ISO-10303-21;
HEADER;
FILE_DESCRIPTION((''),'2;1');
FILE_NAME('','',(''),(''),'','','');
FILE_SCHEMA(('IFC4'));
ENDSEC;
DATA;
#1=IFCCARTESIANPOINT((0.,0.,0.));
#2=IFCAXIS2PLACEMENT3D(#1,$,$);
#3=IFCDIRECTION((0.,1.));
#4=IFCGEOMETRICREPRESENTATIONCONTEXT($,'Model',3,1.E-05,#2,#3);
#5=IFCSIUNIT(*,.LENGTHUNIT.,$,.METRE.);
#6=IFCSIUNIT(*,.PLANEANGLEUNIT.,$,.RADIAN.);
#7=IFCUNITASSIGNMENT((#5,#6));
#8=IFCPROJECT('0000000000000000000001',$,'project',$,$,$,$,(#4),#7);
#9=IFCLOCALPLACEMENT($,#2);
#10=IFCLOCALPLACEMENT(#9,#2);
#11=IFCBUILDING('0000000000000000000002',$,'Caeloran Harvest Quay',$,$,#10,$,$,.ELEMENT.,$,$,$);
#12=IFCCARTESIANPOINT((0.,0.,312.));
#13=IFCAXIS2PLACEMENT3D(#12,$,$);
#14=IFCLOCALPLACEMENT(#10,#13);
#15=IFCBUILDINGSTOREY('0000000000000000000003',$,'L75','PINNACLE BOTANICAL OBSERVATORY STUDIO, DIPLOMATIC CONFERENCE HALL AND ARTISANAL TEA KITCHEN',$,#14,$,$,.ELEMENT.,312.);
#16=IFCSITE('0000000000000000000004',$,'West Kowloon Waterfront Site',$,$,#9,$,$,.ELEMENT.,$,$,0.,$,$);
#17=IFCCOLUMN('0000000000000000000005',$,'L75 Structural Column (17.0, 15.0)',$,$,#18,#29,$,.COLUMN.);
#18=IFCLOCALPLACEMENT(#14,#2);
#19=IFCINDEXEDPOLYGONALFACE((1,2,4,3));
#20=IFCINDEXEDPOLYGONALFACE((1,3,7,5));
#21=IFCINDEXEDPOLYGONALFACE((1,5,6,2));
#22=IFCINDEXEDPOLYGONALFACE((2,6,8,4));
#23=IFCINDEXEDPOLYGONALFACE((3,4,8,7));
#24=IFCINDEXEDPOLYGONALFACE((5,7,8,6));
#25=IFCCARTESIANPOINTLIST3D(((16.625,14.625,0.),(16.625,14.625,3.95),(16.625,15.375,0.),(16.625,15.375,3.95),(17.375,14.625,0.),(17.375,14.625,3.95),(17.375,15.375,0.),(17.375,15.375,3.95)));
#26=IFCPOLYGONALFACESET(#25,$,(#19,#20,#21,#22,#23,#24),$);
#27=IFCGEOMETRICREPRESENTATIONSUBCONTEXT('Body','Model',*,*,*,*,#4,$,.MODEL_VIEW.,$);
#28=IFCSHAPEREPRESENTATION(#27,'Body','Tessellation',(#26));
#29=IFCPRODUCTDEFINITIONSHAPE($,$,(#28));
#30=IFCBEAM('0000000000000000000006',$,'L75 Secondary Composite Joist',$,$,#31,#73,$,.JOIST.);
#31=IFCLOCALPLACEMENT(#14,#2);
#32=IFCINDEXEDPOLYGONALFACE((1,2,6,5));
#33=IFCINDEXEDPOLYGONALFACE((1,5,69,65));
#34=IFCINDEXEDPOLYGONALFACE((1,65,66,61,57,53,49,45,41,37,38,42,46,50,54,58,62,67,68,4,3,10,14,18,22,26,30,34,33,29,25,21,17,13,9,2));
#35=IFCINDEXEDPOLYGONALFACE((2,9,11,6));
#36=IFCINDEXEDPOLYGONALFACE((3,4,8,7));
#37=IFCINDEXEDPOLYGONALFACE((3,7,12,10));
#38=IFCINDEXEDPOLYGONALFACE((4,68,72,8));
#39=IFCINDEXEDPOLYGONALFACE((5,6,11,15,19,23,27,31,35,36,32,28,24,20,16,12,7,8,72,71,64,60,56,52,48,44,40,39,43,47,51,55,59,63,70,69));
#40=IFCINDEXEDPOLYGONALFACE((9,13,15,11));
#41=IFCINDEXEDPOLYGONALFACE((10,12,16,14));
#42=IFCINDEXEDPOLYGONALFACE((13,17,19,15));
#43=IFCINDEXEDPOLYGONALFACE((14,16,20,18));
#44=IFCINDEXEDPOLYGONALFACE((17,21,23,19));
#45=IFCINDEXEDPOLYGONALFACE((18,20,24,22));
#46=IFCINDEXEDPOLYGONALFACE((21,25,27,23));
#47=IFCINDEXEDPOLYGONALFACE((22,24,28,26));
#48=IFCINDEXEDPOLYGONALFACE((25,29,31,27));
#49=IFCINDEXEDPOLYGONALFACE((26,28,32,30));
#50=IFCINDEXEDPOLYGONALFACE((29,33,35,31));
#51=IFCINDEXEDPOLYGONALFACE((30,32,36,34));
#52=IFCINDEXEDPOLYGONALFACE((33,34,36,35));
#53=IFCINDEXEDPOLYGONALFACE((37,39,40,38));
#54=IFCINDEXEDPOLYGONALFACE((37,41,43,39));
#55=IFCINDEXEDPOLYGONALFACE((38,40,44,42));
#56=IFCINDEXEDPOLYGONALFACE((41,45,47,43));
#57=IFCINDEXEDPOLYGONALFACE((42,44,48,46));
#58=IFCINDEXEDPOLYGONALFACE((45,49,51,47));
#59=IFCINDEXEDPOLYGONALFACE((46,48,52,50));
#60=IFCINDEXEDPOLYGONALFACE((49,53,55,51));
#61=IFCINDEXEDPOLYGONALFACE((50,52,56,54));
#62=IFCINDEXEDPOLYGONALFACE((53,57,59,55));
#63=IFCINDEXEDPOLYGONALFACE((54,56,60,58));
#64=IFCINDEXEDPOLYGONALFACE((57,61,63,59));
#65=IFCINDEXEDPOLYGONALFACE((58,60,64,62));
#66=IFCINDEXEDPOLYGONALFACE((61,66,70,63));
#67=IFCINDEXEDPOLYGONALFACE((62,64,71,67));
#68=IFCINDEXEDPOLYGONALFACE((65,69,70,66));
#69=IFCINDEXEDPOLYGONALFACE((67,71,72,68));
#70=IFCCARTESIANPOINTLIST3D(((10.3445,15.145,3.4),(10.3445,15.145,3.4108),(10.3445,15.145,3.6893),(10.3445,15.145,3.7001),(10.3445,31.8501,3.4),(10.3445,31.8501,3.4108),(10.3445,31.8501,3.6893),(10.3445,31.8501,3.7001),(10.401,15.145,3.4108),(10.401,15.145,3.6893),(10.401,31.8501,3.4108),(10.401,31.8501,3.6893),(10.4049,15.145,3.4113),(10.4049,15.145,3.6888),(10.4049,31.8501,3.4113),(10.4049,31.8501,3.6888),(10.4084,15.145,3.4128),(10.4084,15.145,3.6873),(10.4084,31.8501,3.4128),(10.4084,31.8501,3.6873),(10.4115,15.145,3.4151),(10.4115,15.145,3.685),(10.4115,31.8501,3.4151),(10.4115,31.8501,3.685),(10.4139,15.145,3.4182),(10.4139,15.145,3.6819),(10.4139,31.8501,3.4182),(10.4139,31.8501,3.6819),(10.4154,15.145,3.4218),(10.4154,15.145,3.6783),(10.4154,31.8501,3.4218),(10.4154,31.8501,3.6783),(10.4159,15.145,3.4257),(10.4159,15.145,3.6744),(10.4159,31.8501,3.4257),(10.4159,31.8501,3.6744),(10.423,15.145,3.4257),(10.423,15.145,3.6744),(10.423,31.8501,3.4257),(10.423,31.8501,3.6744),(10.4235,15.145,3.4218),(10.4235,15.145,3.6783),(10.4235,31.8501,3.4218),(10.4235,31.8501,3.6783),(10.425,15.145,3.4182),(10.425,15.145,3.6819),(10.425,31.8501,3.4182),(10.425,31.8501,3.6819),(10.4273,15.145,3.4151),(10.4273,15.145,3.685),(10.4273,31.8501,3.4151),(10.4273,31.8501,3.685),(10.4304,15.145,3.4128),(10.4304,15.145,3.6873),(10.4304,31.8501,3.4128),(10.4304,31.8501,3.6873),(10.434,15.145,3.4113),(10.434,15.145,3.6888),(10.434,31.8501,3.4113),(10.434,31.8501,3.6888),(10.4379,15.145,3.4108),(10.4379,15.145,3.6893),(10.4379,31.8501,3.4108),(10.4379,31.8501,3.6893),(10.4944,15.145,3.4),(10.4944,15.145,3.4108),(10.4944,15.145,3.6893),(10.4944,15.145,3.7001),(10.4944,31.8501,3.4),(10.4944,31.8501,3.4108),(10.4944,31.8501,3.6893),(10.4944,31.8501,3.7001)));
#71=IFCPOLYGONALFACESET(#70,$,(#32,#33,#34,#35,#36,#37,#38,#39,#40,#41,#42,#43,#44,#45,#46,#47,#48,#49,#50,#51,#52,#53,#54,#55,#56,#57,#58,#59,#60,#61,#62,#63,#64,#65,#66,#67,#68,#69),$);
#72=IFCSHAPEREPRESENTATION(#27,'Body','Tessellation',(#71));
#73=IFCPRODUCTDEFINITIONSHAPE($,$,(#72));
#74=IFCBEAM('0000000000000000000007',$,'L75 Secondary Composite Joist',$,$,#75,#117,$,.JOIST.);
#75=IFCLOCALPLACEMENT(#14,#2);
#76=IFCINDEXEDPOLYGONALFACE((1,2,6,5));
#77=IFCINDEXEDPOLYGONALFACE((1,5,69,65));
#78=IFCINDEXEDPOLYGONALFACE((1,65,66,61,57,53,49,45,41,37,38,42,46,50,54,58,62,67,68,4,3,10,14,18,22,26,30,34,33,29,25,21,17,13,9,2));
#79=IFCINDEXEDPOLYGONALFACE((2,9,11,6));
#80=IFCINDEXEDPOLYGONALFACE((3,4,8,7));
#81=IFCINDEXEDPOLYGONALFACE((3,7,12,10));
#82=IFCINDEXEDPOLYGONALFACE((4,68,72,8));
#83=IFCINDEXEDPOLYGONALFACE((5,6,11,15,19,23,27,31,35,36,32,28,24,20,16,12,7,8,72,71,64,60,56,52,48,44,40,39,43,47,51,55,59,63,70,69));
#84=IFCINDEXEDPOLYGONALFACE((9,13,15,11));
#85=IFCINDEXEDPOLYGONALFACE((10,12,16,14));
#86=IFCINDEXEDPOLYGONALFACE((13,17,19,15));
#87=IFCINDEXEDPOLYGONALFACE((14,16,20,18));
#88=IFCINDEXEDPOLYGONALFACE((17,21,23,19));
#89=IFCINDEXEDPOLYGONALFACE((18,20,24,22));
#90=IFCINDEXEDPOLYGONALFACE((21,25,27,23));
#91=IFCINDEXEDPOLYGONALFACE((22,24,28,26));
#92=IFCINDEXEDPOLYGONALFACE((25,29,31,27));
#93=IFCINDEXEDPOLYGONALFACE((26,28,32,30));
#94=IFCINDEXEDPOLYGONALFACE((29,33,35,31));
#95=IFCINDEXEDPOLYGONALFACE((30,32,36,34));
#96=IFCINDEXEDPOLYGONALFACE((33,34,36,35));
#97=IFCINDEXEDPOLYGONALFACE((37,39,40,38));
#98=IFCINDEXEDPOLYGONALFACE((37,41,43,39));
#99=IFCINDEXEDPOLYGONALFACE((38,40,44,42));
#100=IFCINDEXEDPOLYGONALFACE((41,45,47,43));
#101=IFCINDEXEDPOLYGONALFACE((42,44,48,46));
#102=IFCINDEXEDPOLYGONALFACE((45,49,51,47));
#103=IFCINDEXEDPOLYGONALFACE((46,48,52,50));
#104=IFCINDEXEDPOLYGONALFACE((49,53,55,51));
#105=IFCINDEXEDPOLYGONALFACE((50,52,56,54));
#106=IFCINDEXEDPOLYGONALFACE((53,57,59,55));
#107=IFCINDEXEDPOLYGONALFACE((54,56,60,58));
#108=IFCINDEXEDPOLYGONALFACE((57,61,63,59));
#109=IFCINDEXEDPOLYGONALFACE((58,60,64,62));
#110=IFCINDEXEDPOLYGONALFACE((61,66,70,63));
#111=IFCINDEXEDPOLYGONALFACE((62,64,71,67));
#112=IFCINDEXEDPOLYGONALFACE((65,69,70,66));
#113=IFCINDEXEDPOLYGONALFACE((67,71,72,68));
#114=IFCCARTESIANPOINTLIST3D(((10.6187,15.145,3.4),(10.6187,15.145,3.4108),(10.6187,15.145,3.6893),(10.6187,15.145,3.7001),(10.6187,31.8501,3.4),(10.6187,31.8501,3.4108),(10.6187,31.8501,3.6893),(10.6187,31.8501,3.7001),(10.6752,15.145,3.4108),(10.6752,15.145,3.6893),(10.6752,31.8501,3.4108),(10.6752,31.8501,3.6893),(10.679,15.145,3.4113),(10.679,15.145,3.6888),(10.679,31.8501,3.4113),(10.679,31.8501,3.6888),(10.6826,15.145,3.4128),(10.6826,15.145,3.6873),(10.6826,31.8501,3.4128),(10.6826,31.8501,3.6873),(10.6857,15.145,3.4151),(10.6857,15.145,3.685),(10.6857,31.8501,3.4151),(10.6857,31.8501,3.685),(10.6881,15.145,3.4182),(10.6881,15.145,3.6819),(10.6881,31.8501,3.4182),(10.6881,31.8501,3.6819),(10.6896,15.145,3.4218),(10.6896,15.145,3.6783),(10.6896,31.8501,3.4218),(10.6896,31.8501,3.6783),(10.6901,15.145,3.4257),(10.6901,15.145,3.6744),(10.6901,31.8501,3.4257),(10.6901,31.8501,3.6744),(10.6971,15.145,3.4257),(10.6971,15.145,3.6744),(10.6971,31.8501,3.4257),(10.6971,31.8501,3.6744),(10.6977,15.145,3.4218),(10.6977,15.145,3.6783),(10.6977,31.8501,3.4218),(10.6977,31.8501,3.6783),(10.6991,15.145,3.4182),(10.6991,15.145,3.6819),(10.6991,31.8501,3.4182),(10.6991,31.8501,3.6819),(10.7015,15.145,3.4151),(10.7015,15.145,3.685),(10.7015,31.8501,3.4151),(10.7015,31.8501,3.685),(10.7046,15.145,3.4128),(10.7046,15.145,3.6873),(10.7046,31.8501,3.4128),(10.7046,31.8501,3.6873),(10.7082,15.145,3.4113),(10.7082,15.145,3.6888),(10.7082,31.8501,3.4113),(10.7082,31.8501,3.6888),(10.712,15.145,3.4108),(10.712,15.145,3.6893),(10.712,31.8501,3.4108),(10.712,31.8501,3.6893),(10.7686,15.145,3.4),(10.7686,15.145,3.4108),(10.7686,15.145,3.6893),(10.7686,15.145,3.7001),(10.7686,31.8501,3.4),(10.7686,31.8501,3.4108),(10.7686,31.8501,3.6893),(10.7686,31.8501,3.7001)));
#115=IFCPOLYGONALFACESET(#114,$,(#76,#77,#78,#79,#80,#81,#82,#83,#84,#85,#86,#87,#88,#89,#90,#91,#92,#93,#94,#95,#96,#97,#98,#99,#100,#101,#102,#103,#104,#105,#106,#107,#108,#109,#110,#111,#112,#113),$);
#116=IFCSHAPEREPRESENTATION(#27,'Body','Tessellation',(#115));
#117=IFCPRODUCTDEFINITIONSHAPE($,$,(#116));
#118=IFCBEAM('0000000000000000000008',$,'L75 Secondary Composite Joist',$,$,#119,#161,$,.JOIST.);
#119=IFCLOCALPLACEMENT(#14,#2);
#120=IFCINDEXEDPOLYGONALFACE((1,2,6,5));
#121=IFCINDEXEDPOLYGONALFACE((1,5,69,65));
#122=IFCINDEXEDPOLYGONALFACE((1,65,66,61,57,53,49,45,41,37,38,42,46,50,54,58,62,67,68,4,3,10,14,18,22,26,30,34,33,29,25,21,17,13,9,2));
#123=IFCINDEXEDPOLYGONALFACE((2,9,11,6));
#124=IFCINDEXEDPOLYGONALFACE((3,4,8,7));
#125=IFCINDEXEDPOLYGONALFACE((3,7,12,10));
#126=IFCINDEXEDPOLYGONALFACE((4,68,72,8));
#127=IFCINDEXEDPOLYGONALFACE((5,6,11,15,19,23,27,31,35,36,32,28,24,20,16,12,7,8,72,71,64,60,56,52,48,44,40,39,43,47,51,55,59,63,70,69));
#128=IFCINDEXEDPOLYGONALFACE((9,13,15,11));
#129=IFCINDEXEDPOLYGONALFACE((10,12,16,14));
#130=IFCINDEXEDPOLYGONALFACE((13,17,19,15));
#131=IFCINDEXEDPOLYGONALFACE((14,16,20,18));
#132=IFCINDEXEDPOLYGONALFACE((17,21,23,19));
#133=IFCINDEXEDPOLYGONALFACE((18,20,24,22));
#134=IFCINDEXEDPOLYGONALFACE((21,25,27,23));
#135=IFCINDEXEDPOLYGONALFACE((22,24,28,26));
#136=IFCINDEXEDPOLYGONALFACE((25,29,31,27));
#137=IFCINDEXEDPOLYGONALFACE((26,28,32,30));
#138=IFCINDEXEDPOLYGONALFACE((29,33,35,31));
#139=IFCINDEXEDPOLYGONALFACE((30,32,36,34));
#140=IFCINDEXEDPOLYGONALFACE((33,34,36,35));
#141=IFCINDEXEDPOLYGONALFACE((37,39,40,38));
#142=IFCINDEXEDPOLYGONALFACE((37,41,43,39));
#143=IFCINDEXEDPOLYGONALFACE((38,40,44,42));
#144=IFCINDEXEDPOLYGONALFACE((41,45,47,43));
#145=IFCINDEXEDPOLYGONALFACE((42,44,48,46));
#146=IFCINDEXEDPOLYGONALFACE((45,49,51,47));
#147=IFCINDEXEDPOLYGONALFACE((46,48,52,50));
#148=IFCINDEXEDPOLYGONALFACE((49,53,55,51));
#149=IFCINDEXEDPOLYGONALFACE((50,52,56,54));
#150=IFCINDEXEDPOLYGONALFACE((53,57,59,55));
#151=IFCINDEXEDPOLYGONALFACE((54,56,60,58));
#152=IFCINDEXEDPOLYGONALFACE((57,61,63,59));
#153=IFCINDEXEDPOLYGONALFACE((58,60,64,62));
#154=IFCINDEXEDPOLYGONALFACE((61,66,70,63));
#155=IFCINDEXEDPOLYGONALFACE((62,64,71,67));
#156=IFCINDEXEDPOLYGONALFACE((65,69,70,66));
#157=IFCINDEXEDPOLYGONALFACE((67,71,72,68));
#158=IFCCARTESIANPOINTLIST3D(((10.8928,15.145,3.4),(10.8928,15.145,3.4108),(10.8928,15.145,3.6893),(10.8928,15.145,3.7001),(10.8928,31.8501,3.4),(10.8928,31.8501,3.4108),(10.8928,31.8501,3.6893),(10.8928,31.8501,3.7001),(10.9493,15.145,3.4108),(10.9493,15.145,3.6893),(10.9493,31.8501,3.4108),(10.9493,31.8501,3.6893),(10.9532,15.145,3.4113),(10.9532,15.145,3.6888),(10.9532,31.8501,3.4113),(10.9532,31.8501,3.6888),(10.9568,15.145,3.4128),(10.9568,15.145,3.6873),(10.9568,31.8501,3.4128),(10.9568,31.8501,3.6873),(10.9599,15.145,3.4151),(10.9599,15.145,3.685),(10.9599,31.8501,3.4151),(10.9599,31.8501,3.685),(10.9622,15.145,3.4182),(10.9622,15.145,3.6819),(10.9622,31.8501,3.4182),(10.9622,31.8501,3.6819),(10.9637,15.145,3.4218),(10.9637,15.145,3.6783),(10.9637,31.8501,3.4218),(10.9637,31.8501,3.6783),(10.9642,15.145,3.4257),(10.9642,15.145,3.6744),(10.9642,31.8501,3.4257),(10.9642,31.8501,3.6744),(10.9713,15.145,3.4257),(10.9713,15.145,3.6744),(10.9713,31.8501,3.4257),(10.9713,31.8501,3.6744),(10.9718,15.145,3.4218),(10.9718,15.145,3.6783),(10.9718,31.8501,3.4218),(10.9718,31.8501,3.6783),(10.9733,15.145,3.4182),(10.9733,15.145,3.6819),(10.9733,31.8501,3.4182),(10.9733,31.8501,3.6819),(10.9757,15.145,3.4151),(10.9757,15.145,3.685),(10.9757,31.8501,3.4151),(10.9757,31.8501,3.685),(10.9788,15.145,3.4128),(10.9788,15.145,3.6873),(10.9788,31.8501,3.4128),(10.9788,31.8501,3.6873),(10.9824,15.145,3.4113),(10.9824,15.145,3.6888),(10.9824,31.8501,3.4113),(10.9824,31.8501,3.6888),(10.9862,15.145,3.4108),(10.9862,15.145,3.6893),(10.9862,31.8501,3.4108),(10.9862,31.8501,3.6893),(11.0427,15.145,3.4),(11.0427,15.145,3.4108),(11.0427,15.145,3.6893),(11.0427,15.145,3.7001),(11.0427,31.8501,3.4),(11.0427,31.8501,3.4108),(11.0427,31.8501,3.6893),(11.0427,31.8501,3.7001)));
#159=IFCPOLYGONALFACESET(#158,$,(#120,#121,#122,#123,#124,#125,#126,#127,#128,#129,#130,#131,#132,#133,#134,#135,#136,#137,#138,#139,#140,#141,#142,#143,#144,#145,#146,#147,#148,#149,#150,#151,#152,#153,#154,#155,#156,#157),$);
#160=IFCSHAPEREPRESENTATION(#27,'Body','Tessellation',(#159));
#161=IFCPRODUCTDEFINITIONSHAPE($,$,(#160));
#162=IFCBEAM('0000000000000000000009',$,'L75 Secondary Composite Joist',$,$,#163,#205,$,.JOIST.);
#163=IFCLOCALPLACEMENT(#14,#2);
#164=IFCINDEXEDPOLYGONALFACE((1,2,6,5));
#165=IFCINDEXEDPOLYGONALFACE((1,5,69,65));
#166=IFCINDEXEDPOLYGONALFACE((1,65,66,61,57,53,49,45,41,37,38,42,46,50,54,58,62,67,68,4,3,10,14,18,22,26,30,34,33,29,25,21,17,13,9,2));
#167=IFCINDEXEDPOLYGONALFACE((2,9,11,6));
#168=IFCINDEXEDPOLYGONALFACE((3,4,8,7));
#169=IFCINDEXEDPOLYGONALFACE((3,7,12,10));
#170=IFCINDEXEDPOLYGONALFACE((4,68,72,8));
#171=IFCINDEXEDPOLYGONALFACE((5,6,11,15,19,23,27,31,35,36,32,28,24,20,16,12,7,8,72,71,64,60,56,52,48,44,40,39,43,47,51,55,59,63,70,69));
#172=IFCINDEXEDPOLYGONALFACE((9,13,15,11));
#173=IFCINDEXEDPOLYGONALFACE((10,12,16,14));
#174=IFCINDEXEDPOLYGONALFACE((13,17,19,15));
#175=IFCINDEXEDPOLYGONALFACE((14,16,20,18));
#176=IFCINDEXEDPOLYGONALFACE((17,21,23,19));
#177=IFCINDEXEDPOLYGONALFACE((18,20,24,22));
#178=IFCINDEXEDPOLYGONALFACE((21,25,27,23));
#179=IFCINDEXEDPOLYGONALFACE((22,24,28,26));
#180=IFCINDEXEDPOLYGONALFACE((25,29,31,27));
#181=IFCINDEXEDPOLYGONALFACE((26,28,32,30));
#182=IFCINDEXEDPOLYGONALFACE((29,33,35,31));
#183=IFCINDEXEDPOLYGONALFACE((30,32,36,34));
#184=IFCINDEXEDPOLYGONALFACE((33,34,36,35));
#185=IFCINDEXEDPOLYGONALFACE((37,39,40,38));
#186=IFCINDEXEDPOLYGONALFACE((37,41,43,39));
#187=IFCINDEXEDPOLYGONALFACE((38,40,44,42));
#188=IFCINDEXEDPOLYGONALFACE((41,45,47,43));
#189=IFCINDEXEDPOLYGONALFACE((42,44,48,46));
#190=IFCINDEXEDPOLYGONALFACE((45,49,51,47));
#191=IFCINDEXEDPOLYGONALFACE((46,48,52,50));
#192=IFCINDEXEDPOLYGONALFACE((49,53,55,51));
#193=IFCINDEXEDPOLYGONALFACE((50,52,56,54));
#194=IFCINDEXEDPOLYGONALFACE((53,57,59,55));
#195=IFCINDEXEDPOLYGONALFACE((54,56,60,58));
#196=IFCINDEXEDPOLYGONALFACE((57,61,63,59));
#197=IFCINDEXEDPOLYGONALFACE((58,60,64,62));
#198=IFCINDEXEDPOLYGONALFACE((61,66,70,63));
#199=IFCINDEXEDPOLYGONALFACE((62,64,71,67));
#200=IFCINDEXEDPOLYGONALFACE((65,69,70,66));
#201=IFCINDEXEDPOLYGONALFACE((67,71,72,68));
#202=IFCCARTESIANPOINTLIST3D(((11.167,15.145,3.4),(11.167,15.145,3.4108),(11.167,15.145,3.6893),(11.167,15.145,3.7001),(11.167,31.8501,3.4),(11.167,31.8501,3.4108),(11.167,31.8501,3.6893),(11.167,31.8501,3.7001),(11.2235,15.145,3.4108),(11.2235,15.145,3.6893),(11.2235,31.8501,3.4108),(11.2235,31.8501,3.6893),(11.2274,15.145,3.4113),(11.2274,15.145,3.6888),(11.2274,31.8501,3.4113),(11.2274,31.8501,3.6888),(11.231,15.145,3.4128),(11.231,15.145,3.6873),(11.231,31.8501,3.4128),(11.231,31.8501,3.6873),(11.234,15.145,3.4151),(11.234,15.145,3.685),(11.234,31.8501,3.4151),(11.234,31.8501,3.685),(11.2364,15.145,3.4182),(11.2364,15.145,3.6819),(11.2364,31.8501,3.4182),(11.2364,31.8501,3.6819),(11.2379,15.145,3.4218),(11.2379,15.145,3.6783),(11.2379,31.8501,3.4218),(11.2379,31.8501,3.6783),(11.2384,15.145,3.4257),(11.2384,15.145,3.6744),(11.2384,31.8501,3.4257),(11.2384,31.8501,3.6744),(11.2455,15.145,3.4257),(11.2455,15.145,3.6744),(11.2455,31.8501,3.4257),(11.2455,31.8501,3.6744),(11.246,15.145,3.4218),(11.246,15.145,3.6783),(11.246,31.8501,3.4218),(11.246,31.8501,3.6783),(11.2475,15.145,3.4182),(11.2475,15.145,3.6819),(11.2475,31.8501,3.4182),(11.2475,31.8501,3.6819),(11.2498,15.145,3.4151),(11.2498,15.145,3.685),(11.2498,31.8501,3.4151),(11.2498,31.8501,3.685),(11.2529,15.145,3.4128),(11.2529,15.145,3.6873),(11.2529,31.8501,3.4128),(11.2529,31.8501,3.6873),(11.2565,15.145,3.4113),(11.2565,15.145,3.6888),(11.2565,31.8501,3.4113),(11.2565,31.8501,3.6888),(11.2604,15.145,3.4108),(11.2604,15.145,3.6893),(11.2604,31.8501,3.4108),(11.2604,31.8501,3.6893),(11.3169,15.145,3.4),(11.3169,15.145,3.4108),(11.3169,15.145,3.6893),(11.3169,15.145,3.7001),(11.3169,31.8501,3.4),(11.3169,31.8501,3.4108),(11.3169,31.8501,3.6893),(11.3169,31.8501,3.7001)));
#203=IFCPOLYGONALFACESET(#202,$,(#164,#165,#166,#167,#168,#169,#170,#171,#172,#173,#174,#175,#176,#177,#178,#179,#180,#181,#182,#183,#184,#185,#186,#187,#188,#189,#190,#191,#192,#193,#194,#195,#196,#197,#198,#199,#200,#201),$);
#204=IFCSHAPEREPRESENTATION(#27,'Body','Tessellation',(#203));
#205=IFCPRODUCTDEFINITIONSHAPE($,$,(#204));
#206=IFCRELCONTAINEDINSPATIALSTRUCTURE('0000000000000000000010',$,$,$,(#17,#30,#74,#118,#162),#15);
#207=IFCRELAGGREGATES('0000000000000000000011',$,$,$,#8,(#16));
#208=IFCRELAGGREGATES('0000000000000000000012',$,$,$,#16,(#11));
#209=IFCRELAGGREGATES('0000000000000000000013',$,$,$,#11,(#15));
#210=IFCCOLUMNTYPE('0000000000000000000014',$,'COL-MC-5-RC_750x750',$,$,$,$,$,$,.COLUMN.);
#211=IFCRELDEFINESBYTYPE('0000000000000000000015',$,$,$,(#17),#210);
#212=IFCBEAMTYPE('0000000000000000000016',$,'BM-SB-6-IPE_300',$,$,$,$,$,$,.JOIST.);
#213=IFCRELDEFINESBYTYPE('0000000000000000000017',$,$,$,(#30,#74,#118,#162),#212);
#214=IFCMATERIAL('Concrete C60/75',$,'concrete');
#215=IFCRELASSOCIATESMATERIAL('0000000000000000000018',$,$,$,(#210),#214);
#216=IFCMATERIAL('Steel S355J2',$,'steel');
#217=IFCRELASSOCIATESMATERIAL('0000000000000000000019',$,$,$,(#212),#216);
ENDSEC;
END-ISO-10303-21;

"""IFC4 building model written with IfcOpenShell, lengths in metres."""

from ifc_helpers import new_model, si_unit, direction, frame, origin, origin_2d, place, context, subcontext, project, spatial, rectangle, i_section, extrude, material, material_profile, profile_set, type_object, element, save


model = new_model("IFC4")

# Units and contexts
model_context = context("Model", 3, precision=1e-05, world=origin(), true_north=direction((0.0, 1.0)))
body_context = subcontext(model_context, "Body", "Model", "MODEL_VIEW")
ifc_project = project(units=[si_unit("LENGTHUNIT", "METRE"), si_unit("PLANEANGLEUNIT", "RADIAN")], contexts=[model_context])

# Site, building, storey
site_placement = place(None, origin())
site = spatial("IfcSite", under=ifc_project, at=site_placement, Name="West Kowloon Waterfront Site", CompositionType="ELEMENT", RefElevation=0.0)
building_placement = place(site_placement, origin())
building = spatial("IfcBuilding", under=site, at=building_placement, Name="Caeloran Harvest Quay", CompositionType="ELEMENT")
storey_placement = place(building_placement, frame((0.0, 0.0, 312.0)))
storey = spatial("IfcBuildingStorey", under=building, at=storey_placement, Name="L75", Description="PINNACLE BOTANICAL OBSERVATORY STUDIO, DIPLOMATIC CONFERENCE HALL AND ARTISANAL TEA KITCHEN", CompositionType="ELEMENT", Elevation=312.0)

# Column
ifc_material_1 = material(Name="Concrete C60/75", Category="concrete")
ifc_material_profile_1 = material_profile(ifc_material_1, rectangle(XDim=0.75, YDim=0.75, at=origin_2d()), Name="RC 750x750")
ifc_profile_set_1 = profile_set([ifc_material_profile_1], Name="Concrete C60/75")
column_type = type_object("IfcColumnType", Name="COL-MC-5-RC_750x750", PredefinedType="COLUMN", material=ifc_profile_set_1)
column_placement = place(storey_placement, frame((17.0, 15.0, 0.0), z_axis=(0.0, 0.0, 1.0), x_axis=(1.0, 0.0, 0.0)))
element("IfcColumn", 1, at=column_placement, inside=storey, type_object=column_type, Name="L75 Structural Column (17.0, 15.0)", PredefinedType="COLUMN", context=body_context, shape_type="SweptSolid", body=[
    extrude(rectangle(XDim=0.75, YDim=0.75, at=origin_2d()), origin(), (0.0, 0.0, 1.0), 3.95),
])

# Beams
ifc_material_2 = material(Name="Steel S355J2", Category="steel")
ifc_material_profile_2 = material_profile(ifc_material_2, i_section(OverallWidth=0.1499, OverallDepth=0.3, WebThickness=0.0071, FlangeThickness=0.0107, FilletRadius=0.0149, at=origin_2d()), Name="IPE 300")
ifc_profile_set_2 = profile_set([ifc_material_profile_2], Name="Steel S355J2")
beam_type_1 = type_object("IfcBeamType", Name="BM-SB-6-IPE_300", PredefinedType="JOIST", material=ifc_profile_set_2)
for number, where, z_axis, x_axis, name in (
    (2, (10.4194, 15.145, 3.55), (0.0, 1.0, 0.0), (-1.0, 0.0, 0.0), "L75 Secondary Composite Joist"),
    (3, (10.6936, 15.145, 3.55), (0.0, 1.0, 0.0), (-1.0, 0.0, 0.0), "L75 Secondary Composite Joist"),
    (4, (10.9678, 15.145, 3.55), (0.0, 1.0, 0.0), (-1.0, 0.0, 0.0), "L75 Secondary Composite Joist"),
    (5, (11.2419, 15.145, 3.55), (0.0, 1.0, 0.0), (-1.0, 0.0, 0.0), "L75 Secondary Composite Joist"),
):
    element("IfcBeam", number, at=place(storey_placement, frame(where, z_axis=z_axis, x_axis=x_axis)), inside=storey, type_object=beam_type_1, Name=name, PredefinedType="JOIST", context=body_context, shape_type="SweptSolid", body=[
        extrude(i_section(OverallWidth=0.1499, OverallDepth=0.3, WebThickness=0.0071, FlangeThickness=0.0107, FilletRadius=0.0149, at=origin_2d()), origin(), (0.0, 0.0, 1.0), 16.7051),
    ])

save(model, "model.ifc")
